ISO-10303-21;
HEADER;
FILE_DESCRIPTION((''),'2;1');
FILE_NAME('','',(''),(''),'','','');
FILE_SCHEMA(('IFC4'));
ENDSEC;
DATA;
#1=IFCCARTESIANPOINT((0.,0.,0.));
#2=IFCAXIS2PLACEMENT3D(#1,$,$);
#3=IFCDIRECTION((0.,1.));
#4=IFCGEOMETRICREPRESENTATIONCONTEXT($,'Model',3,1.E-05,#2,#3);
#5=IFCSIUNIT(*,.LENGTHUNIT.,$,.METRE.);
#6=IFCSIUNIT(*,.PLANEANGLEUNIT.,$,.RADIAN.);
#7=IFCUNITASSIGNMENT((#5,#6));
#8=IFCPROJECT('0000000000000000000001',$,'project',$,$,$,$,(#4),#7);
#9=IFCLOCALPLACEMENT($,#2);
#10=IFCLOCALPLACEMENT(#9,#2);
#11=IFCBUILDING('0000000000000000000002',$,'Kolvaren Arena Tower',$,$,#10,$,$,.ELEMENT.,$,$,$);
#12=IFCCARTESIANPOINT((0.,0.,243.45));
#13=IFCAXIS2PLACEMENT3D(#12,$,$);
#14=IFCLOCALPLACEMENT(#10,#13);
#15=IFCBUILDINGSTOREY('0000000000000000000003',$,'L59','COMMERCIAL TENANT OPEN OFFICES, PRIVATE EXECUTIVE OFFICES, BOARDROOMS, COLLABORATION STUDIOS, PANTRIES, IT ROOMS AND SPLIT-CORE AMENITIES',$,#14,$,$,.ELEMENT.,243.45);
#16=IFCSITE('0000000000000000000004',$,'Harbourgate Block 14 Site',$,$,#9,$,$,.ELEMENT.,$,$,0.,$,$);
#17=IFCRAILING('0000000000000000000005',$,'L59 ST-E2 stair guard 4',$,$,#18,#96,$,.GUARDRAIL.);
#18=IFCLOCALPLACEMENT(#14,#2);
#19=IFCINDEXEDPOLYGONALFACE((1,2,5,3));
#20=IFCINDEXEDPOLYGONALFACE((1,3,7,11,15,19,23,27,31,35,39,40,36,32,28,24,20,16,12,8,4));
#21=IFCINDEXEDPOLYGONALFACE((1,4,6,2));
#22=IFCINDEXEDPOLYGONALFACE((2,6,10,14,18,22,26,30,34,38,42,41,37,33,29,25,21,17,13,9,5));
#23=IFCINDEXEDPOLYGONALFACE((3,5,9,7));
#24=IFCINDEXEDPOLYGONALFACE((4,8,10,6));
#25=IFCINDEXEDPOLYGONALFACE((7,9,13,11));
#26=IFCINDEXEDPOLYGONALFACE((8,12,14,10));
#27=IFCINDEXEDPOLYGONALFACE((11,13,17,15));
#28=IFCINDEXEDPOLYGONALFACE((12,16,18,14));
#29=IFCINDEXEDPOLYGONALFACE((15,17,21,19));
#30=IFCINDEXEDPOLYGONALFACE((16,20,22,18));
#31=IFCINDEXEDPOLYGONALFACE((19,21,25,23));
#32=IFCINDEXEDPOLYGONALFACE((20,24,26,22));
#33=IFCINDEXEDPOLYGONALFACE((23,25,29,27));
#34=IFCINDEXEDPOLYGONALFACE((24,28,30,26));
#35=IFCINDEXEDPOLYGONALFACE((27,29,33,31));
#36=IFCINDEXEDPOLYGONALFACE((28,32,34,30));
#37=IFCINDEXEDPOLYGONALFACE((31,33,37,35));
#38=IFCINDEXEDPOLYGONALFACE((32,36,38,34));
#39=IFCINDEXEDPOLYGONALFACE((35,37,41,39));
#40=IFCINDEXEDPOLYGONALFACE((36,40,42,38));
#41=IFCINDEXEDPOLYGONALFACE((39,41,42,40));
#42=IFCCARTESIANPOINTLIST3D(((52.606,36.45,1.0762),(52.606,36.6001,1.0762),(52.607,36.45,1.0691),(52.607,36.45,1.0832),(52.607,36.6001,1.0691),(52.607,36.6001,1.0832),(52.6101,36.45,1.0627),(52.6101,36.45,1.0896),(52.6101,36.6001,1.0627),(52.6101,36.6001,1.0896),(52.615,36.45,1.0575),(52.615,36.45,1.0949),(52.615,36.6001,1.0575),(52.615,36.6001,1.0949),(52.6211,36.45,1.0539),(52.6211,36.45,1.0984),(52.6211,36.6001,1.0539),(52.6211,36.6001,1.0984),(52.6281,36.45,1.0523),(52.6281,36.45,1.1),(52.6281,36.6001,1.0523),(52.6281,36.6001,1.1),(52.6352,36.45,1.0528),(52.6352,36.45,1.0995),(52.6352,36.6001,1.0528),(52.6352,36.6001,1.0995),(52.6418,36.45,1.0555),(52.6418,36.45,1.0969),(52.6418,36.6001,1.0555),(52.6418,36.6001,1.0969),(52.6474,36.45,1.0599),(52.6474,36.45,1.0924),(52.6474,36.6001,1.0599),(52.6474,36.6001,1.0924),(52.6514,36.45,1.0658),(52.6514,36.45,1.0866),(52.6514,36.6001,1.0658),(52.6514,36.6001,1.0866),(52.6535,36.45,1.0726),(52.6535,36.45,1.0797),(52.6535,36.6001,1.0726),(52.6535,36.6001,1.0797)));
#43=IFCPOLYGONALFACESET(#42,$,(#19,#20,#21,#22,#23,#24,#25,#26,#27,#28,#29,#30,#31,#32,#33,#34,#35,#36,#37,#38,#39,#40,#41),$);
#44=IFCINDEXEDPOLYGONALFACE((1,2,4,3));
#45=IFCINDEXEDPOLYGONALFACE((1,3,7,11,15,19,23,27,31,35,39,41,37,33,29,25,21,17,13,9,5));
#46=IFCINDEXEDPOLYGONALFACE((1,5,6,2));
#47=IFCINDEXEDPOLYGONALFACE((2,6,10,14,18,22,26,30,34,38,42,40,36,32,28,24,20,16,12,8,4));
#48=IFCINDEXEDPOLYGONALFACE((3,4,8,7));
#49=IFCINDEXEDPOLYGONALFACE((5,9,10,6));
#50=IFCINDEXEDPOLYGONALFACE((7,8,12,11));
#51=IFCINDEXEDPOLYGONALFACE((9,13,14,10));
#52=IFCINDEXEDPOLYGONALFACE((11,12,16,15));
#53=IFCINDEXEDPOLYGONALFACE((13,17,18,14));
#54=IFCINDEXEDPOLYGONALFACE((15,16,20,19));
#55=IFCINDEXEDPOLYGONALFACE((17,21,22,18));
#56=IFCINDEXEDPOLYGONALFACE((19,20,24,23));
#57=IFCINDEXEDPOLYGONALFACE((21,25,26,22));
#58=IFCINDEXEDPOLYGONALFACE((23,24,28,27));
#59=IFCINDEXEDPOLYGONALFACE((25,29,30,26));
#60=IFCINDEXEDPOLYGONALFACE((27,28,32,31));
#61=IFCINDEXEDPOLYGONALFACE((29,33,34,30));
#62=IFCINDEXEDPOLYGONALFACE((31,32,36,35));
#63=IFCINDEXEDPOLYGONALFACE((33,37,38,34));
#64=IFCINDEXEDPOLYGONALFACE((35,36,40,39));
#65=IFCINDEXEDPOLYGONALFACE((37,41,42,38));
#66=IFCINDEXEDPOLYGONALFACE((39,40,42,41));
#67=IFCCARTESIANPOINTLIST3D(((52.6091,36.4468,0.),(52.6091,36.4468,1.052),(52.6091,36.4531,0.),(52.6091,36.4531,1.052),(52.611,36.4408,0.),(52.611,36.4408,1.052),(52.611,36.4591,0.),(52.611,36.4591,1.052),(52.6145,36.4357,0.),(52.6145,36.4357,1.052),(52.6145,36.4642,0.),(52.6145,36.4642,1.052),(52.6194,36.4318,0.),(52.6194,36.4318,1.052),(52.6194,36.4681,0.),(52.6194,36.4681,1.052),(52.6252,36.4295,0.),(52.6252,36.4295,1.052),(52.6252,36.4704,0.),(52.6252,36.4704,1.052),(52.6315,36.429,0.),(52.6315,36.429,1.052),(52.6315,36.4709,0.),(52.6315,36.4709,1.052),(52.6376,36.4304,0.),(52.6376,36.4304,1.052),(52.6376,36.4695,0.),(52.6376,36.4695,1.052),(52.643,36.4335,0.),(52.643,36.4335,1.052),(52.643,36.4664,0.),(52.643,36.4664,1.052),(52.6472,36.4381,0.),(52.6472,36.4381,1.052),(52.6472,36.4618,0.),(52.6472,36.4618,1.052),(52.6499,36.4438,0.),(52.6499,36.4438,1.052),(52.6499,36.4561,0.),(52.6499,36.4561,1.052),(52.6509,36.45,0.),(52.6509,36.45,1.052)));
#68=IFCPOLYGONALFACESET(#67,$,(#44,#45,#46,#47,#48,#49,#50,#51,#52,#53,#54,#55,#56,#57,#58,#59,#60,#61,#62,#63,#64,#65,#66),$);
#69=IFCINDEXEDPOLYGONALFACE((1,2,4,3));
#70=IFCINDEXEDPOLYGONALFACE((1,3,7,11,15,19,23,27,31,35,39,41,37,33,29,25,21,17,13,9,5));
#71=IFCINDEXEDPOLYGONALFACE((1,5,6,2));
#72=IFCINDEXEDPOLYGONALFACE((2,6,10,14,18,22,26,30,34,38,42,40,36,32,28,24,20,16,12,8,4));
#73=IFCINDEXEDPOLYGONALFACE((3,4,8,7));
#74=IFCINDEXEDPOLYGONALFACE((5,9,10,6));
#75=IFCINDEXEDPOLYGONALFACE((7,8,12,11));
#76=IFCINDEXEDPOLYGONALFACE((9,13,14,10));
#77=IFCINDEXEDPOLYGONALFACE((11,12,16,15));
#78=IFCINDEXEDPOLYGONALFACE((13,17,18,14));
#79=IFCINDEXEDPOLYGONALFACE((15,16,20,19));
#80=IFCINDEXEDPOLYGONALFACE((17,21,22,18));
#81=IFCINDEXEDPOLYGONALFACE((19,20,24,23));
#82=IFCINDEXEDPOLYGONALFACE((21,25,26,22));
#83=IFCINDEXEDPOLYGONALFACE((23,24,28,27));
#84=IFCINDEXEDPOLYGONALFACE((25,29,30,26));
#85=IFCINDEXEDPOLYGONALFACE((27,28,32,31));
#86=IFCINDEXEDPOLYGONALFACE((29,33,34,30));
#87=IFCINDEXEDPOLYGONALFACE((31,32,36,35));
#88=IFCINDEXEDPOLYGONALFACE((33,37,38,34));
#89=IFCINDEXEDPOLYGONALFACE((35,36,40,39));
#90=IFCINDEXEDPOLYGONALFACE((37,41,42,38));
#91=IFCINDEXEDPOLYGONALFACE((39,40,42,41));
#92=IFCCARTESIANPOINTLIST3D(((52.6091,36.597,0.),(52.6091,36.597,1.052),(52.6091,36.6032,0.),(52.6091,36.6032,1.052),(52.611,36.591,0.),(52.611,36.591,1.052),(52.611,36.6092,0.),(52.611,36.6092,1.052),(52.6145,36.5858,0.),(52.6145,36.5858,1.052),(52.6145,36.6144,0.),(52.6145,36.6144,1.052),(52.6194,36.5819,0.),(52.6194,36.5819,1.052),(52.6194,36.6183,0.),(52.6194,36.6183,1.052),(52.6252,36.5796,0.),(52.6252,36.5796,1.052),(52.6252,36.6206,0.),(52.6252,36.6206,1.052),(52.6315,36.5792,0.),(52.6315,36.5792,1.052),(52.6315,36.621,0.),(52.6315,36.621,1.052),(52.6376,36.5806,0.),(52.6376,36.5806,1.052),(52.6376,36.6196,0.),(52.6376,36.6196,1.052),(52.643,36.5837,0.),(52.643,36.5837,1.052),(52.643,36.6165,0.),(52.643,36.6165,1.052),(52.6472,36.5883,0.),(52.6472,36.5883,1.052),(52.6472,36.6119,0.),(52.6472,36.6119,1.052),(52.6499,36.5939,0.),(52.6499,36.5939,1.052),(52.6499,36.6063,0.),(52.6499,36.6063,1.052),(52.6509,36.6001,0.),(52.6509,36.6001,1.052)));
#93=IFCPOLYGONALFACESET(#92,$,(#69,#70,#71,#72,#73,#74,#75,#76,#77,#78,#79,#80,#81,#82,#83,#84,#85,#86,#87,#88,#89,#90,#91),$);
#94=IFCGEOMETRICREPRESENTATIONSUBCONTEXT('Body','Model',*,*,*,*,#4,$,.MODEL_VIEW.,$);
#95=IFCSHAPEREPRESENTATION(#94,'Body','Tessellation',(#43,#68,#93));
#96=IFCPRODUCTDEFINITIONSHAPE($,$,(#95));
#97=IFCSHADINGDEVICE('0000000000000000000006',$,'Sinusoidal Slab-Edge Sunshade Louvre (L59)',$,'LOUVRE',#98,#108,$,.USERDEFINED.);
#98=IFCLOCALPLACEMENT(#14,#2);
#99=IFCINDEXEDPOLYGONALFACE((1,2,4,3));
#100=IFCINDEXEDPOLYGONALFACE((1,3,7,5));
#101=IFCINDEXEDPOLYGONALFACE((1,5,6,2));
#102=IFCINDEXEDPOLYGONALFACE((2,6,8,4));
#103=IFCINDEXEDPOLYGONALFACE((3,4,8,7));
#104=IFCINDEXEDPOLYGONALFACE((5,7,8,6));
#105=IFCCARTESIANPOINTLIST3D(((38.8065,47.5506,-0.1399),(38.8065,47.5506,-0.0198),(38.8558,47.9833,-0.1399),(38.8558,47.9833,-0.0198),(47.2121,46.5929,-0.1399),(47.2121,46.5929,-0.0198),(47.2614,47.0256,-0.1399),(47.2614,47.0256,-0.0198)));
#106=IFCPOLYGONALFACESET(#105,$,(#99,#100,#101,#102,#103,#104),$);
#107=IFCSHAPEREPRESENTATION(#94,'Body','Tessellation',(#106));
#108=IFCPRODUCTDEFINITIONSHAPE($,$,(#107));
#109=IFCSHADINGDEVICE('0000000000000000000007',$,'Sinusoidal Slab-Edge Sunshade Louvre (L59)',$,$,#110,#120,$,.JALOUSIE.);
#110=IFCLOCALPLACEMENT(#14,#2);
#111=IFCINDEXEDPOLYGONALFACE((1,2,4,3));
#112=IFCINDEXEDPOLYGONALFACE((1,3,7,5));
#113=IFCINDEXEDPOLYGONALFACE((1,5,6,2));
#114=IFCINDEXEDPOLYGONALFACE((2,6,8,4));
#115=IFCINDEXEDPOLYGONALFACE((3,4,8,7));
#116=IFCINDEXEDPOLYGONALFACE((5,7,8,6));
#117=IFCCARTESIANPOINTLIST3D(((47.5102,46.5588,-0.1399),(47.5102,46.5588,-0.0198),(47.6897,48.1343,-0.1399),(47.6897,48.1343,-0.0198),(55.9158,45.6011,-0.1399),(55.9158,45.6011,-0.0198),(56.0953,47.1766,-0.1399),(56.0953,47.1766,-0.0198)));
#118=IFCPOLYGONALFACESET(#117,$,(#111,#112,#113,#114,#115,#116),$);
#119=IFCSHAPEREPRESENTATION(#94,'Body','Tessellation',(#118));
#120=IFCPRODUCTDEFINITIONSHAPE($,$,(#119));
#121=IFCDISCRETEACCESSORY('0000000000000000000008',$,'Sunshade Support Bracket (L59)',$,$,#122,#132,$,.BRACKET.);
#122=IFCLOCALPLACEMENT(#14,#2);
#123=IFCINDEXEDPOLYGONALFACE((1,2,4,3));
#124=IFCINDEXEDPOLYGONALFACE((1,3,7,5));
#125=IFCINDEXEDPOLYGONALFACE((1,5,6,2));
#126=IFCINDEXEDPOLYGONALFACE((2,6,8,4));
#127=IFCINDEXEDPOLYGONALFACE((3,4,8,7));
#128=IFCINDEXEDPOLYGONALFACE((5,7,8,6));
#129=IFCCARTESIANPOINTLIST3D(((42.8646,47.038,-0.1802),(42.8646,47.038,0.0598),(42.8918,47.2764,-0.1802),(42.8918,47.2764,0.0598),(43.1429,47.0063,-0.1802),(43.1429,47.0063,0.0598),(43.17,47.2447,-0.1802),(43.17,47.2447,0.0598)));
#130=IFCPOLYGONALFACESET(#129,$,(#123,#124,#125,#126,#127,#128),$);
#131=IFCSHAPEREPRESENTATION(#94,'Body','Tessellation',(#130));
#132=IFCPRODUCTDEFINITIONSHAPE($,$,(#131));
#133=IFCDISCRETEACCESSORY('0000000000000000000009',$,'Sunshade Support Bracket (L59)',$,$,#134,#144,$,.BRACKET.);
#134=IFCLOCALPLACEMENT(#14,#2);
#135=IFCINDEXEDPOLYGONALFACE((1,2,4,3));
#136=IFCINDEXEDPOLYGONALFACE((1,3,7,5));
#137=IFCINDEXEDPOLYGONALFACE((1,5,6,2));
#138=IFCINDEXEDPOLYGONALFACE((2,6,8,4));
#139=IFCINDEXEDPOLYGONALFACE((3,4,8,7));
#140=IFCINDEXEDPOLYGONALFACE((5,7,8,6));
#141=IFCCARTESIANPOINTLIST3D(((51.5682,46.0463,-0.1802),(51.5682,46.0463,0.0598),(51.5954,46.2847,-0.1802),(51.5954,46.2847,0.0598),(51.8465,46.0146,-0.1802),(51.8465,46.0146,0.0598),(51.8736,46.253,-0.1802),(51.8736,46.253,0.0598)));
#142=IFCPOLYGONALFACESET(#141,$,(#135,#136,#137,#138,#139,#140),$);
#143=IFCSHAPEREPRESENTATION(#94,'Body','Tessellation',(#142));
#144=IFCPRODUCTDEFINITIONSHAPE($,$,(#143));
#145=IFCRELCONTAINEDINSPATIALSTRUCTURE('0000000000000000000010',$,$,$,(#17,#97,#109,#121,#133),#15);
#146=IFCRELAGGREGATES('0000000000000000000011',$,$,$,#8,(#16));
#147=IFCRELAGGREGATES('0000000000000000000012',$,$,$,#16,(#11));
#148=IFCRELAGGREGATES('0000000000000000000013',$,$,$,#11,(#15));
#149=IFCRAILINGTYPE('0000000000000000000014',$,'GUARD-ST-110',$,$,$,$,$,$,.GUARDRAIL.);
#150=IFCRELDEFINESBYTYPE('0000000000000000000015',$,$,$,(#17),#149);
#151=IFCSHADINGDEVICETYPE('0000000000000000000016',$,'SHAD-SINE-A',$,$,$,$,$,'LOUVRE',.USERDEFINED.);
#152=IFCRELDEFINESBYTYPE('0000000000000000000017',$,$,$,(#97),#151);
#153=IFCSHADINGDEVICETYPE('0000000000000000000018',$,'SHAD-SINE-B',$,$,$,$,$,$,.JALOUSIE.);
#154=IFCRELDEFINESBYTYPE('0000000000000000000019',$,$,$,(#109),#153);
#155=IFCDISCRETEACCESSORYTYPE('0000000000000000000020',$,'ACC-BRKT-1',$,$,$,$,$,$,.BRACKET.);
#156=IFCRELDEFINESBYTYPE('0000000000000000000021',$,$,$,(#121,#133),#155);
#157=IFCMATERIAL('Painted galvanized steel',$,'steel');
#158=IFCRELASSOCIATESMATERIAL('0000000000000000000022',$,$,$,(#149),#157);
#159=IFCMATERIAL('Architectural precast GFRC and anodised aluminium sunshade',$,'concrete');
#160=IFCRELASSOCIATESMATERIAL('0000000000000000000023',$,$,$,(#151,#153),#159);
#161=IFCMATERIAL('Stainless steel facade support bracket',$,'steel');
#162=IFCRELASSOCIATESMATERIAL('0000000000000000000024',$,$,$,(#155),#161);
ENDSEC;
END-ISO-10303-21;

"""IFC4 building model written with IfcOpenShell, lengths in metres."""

from ifc_helpers import new_model, si_unit, direction, frame, origin, origin_2d, place, context, subcontext, project, spatial, rectangle, circle, extrude, material, type_object, element, save


model = new_model("IFC4")

# Units and contexts
model_context = context("Model", 3, precision=1e-05, world=origin(), true_north=direction((0.0, 1.0)))
body_context = subcontext(model_context, "Body", "Model", "MODEL_VIEW")
ifc_project = project(units=[si_unit("LENGTHUNIT", "METRE"), si_unit("PLANEANGLEUNIT", "RADIAN")], contexts=[model_context])

# Site, building, storey
site_placement = place(None, origin())
site = spatial("IfcSite", under=ifc_project, at=site_placement, Name="Harbourgate Block 14 Site", CompositionType="ELEMENT", RefElevation=0.0)
building_placement = place(site_placement, origin())
building = spatial("IfcBuilding", under=site, at=building_placement, Name="Kolvaren Arena Tower", CompositionType="ELEMENT")
storey_placement = place(building_placement, frame((0.0, 0.0, 243.45)))
storey = spatial("IfcBuildingStorey", under=building, at=storey_placement, Name="L59", Description="COMMERCIAL TENANT OPEN OFFICES, PRIVATE EXECUTIVE OFFICES, BOARDROOMS, COLLABORATION STUDIOS, PANTRIES, IT ROOMS AND SPLIT-CORE AMENITIES", CompositionType="ELEMENT", Elevation=243.45)

# Railing
ifc_material_1 = material(Name="Painted galvanized steel", Category="steel")
railing_type = type_object("IfcRailingType", Name="GUARD-ST-110", PredefinedType="GUARDRAIL", material=ifc_material_1)
railing_1_placement = place(storey_placement, frame((52.6299, 36.45, 0.0)))
element("IfcRailing", 1, at=railing_1_placement, inside=storey, type_object=railing_type, Name="L59 ST-E2 stair guard 4", PredefinedType="GUARDRAIL", context=body_context, shape_type="SweptSolid", body=[
    extrude(circle(Radius=0.0239, at=origin_2d()), frame((0.0, 0.0, 1.0762), z_axis=(0.0, 1.0, 0.0), x_axis=(-1.0, 0.0, 0.0)), (0.0, 0.0, 1.0), 0.1501),
    extrude(circle(Radius=0.021, at=origin_2d()), origin(), (0.0, 0.0, 1.0), 1.052),
    extrude(circle(Radius=0.021, at=origin_2d()), frame((0.0, 0.1501, 0.0)), (0.0, 0.0, 1.0), 1.052),
])

# Shading devices
ifc_material_2 = material(Name="Architectural precast GFRC and anodised aluminium sunshade", Category="concrete")
shading_device_type_1 = type_object("IfcShadingDeviceType", Name="SHAD-SINE-A", ElementType="LOUVRE", PredefinedType="USERDEFINED", material=ifc_material_2)
shading_device_1_placement = place(storey_placement, frame((43.0339, 47.2881, -0.1399), z_axis=(0.0, 0.0, 1.0), x_axis=(0.993572, -0.113205, 0.0)))
element("IfcShadingDevice", 2, at=shading_device_1_placement, inside=storey, type_object=shading_device_type_1, Name="Sinusoidal Slab-Edge Sunshade Louvre (L59)", ObjectType="LOUVRE", PredefinedType="USERDEFINED", context=body_context, shape_type="SweptSolid", body=[
    extrude(rectangle(XDim=8.46, YDim=0.4355, at=origin_2d()), origin(), (0.0, 0.0, 1.0), 0.1201),
])
shading_device_type_2 = type_object("IfcShadingDeviceType", Name="SHAD-SINE-B", PredefinedType="JALOUSIE", material=ifc_material_2)
shading_device_2_placement = place(storey_placement, frame((51.8027, 46.8677, -0.1399), z_axis=(0.0, 0.0, 1.0), x_axis=(0.993572, -0.113205, 0.0)))
element("IfcShadingDevice", 3, at=shading_device_2_placement, inside=storey, type_object=shading_device_type_2, Name="Sinusoidal Slab-Edge Sunshade Louvre (L59)", PredefinedType="JALOUSIE", context=body_context, shape_type="SweptSolid", body=[
    extrude(rectangle(XDim=8.46, YDim=1.5857, at=origin_2d()), origin(), (0.0, 0.0, 1.0), 0.1201),
])

# Discrete accessories
ifc_material_3 = material(Name="Stainless steel facade support bracket", Category="steel")
discrete_accessory_type = type_object("IfcDiscreteAccessoryType", Name="ACC-BRKT-1", PredefinedType="BRACKET", material=ifc_material_3)
for number, where, z_axis, x_axis, name in (
    (4, (43.0173, 47.1414, -0.1802), (0.0, 0.0, 1.0), (0.993572, -0.113205, 0.0), "Sunshade Support Bracket (L59)"),
    (5, (51.7209, 46.1497, -0.1802), (0.0, 0.0, 1.0), (0.993572, -0.113205, 0.0), "Sunshade Support Bracket (L59)"),
):
    element("IfcDiscreteAccessory", number, at=place(storey_placement, frame(where, z_axis=z_axis, x_axis=x_axis)), inside=storey, type_object=discrete_accessory_type, Name=name, PredefinedType="BRACKET", context=body_context, shape_type="SweptSolid", body=[
        extrude(rectangle(XDim=0.28, YDim=0.24, at=origin_2d()), origin(), (0.0, 0.0, 1.0), 0.24),
    ])

save(model, "model.ifc")
